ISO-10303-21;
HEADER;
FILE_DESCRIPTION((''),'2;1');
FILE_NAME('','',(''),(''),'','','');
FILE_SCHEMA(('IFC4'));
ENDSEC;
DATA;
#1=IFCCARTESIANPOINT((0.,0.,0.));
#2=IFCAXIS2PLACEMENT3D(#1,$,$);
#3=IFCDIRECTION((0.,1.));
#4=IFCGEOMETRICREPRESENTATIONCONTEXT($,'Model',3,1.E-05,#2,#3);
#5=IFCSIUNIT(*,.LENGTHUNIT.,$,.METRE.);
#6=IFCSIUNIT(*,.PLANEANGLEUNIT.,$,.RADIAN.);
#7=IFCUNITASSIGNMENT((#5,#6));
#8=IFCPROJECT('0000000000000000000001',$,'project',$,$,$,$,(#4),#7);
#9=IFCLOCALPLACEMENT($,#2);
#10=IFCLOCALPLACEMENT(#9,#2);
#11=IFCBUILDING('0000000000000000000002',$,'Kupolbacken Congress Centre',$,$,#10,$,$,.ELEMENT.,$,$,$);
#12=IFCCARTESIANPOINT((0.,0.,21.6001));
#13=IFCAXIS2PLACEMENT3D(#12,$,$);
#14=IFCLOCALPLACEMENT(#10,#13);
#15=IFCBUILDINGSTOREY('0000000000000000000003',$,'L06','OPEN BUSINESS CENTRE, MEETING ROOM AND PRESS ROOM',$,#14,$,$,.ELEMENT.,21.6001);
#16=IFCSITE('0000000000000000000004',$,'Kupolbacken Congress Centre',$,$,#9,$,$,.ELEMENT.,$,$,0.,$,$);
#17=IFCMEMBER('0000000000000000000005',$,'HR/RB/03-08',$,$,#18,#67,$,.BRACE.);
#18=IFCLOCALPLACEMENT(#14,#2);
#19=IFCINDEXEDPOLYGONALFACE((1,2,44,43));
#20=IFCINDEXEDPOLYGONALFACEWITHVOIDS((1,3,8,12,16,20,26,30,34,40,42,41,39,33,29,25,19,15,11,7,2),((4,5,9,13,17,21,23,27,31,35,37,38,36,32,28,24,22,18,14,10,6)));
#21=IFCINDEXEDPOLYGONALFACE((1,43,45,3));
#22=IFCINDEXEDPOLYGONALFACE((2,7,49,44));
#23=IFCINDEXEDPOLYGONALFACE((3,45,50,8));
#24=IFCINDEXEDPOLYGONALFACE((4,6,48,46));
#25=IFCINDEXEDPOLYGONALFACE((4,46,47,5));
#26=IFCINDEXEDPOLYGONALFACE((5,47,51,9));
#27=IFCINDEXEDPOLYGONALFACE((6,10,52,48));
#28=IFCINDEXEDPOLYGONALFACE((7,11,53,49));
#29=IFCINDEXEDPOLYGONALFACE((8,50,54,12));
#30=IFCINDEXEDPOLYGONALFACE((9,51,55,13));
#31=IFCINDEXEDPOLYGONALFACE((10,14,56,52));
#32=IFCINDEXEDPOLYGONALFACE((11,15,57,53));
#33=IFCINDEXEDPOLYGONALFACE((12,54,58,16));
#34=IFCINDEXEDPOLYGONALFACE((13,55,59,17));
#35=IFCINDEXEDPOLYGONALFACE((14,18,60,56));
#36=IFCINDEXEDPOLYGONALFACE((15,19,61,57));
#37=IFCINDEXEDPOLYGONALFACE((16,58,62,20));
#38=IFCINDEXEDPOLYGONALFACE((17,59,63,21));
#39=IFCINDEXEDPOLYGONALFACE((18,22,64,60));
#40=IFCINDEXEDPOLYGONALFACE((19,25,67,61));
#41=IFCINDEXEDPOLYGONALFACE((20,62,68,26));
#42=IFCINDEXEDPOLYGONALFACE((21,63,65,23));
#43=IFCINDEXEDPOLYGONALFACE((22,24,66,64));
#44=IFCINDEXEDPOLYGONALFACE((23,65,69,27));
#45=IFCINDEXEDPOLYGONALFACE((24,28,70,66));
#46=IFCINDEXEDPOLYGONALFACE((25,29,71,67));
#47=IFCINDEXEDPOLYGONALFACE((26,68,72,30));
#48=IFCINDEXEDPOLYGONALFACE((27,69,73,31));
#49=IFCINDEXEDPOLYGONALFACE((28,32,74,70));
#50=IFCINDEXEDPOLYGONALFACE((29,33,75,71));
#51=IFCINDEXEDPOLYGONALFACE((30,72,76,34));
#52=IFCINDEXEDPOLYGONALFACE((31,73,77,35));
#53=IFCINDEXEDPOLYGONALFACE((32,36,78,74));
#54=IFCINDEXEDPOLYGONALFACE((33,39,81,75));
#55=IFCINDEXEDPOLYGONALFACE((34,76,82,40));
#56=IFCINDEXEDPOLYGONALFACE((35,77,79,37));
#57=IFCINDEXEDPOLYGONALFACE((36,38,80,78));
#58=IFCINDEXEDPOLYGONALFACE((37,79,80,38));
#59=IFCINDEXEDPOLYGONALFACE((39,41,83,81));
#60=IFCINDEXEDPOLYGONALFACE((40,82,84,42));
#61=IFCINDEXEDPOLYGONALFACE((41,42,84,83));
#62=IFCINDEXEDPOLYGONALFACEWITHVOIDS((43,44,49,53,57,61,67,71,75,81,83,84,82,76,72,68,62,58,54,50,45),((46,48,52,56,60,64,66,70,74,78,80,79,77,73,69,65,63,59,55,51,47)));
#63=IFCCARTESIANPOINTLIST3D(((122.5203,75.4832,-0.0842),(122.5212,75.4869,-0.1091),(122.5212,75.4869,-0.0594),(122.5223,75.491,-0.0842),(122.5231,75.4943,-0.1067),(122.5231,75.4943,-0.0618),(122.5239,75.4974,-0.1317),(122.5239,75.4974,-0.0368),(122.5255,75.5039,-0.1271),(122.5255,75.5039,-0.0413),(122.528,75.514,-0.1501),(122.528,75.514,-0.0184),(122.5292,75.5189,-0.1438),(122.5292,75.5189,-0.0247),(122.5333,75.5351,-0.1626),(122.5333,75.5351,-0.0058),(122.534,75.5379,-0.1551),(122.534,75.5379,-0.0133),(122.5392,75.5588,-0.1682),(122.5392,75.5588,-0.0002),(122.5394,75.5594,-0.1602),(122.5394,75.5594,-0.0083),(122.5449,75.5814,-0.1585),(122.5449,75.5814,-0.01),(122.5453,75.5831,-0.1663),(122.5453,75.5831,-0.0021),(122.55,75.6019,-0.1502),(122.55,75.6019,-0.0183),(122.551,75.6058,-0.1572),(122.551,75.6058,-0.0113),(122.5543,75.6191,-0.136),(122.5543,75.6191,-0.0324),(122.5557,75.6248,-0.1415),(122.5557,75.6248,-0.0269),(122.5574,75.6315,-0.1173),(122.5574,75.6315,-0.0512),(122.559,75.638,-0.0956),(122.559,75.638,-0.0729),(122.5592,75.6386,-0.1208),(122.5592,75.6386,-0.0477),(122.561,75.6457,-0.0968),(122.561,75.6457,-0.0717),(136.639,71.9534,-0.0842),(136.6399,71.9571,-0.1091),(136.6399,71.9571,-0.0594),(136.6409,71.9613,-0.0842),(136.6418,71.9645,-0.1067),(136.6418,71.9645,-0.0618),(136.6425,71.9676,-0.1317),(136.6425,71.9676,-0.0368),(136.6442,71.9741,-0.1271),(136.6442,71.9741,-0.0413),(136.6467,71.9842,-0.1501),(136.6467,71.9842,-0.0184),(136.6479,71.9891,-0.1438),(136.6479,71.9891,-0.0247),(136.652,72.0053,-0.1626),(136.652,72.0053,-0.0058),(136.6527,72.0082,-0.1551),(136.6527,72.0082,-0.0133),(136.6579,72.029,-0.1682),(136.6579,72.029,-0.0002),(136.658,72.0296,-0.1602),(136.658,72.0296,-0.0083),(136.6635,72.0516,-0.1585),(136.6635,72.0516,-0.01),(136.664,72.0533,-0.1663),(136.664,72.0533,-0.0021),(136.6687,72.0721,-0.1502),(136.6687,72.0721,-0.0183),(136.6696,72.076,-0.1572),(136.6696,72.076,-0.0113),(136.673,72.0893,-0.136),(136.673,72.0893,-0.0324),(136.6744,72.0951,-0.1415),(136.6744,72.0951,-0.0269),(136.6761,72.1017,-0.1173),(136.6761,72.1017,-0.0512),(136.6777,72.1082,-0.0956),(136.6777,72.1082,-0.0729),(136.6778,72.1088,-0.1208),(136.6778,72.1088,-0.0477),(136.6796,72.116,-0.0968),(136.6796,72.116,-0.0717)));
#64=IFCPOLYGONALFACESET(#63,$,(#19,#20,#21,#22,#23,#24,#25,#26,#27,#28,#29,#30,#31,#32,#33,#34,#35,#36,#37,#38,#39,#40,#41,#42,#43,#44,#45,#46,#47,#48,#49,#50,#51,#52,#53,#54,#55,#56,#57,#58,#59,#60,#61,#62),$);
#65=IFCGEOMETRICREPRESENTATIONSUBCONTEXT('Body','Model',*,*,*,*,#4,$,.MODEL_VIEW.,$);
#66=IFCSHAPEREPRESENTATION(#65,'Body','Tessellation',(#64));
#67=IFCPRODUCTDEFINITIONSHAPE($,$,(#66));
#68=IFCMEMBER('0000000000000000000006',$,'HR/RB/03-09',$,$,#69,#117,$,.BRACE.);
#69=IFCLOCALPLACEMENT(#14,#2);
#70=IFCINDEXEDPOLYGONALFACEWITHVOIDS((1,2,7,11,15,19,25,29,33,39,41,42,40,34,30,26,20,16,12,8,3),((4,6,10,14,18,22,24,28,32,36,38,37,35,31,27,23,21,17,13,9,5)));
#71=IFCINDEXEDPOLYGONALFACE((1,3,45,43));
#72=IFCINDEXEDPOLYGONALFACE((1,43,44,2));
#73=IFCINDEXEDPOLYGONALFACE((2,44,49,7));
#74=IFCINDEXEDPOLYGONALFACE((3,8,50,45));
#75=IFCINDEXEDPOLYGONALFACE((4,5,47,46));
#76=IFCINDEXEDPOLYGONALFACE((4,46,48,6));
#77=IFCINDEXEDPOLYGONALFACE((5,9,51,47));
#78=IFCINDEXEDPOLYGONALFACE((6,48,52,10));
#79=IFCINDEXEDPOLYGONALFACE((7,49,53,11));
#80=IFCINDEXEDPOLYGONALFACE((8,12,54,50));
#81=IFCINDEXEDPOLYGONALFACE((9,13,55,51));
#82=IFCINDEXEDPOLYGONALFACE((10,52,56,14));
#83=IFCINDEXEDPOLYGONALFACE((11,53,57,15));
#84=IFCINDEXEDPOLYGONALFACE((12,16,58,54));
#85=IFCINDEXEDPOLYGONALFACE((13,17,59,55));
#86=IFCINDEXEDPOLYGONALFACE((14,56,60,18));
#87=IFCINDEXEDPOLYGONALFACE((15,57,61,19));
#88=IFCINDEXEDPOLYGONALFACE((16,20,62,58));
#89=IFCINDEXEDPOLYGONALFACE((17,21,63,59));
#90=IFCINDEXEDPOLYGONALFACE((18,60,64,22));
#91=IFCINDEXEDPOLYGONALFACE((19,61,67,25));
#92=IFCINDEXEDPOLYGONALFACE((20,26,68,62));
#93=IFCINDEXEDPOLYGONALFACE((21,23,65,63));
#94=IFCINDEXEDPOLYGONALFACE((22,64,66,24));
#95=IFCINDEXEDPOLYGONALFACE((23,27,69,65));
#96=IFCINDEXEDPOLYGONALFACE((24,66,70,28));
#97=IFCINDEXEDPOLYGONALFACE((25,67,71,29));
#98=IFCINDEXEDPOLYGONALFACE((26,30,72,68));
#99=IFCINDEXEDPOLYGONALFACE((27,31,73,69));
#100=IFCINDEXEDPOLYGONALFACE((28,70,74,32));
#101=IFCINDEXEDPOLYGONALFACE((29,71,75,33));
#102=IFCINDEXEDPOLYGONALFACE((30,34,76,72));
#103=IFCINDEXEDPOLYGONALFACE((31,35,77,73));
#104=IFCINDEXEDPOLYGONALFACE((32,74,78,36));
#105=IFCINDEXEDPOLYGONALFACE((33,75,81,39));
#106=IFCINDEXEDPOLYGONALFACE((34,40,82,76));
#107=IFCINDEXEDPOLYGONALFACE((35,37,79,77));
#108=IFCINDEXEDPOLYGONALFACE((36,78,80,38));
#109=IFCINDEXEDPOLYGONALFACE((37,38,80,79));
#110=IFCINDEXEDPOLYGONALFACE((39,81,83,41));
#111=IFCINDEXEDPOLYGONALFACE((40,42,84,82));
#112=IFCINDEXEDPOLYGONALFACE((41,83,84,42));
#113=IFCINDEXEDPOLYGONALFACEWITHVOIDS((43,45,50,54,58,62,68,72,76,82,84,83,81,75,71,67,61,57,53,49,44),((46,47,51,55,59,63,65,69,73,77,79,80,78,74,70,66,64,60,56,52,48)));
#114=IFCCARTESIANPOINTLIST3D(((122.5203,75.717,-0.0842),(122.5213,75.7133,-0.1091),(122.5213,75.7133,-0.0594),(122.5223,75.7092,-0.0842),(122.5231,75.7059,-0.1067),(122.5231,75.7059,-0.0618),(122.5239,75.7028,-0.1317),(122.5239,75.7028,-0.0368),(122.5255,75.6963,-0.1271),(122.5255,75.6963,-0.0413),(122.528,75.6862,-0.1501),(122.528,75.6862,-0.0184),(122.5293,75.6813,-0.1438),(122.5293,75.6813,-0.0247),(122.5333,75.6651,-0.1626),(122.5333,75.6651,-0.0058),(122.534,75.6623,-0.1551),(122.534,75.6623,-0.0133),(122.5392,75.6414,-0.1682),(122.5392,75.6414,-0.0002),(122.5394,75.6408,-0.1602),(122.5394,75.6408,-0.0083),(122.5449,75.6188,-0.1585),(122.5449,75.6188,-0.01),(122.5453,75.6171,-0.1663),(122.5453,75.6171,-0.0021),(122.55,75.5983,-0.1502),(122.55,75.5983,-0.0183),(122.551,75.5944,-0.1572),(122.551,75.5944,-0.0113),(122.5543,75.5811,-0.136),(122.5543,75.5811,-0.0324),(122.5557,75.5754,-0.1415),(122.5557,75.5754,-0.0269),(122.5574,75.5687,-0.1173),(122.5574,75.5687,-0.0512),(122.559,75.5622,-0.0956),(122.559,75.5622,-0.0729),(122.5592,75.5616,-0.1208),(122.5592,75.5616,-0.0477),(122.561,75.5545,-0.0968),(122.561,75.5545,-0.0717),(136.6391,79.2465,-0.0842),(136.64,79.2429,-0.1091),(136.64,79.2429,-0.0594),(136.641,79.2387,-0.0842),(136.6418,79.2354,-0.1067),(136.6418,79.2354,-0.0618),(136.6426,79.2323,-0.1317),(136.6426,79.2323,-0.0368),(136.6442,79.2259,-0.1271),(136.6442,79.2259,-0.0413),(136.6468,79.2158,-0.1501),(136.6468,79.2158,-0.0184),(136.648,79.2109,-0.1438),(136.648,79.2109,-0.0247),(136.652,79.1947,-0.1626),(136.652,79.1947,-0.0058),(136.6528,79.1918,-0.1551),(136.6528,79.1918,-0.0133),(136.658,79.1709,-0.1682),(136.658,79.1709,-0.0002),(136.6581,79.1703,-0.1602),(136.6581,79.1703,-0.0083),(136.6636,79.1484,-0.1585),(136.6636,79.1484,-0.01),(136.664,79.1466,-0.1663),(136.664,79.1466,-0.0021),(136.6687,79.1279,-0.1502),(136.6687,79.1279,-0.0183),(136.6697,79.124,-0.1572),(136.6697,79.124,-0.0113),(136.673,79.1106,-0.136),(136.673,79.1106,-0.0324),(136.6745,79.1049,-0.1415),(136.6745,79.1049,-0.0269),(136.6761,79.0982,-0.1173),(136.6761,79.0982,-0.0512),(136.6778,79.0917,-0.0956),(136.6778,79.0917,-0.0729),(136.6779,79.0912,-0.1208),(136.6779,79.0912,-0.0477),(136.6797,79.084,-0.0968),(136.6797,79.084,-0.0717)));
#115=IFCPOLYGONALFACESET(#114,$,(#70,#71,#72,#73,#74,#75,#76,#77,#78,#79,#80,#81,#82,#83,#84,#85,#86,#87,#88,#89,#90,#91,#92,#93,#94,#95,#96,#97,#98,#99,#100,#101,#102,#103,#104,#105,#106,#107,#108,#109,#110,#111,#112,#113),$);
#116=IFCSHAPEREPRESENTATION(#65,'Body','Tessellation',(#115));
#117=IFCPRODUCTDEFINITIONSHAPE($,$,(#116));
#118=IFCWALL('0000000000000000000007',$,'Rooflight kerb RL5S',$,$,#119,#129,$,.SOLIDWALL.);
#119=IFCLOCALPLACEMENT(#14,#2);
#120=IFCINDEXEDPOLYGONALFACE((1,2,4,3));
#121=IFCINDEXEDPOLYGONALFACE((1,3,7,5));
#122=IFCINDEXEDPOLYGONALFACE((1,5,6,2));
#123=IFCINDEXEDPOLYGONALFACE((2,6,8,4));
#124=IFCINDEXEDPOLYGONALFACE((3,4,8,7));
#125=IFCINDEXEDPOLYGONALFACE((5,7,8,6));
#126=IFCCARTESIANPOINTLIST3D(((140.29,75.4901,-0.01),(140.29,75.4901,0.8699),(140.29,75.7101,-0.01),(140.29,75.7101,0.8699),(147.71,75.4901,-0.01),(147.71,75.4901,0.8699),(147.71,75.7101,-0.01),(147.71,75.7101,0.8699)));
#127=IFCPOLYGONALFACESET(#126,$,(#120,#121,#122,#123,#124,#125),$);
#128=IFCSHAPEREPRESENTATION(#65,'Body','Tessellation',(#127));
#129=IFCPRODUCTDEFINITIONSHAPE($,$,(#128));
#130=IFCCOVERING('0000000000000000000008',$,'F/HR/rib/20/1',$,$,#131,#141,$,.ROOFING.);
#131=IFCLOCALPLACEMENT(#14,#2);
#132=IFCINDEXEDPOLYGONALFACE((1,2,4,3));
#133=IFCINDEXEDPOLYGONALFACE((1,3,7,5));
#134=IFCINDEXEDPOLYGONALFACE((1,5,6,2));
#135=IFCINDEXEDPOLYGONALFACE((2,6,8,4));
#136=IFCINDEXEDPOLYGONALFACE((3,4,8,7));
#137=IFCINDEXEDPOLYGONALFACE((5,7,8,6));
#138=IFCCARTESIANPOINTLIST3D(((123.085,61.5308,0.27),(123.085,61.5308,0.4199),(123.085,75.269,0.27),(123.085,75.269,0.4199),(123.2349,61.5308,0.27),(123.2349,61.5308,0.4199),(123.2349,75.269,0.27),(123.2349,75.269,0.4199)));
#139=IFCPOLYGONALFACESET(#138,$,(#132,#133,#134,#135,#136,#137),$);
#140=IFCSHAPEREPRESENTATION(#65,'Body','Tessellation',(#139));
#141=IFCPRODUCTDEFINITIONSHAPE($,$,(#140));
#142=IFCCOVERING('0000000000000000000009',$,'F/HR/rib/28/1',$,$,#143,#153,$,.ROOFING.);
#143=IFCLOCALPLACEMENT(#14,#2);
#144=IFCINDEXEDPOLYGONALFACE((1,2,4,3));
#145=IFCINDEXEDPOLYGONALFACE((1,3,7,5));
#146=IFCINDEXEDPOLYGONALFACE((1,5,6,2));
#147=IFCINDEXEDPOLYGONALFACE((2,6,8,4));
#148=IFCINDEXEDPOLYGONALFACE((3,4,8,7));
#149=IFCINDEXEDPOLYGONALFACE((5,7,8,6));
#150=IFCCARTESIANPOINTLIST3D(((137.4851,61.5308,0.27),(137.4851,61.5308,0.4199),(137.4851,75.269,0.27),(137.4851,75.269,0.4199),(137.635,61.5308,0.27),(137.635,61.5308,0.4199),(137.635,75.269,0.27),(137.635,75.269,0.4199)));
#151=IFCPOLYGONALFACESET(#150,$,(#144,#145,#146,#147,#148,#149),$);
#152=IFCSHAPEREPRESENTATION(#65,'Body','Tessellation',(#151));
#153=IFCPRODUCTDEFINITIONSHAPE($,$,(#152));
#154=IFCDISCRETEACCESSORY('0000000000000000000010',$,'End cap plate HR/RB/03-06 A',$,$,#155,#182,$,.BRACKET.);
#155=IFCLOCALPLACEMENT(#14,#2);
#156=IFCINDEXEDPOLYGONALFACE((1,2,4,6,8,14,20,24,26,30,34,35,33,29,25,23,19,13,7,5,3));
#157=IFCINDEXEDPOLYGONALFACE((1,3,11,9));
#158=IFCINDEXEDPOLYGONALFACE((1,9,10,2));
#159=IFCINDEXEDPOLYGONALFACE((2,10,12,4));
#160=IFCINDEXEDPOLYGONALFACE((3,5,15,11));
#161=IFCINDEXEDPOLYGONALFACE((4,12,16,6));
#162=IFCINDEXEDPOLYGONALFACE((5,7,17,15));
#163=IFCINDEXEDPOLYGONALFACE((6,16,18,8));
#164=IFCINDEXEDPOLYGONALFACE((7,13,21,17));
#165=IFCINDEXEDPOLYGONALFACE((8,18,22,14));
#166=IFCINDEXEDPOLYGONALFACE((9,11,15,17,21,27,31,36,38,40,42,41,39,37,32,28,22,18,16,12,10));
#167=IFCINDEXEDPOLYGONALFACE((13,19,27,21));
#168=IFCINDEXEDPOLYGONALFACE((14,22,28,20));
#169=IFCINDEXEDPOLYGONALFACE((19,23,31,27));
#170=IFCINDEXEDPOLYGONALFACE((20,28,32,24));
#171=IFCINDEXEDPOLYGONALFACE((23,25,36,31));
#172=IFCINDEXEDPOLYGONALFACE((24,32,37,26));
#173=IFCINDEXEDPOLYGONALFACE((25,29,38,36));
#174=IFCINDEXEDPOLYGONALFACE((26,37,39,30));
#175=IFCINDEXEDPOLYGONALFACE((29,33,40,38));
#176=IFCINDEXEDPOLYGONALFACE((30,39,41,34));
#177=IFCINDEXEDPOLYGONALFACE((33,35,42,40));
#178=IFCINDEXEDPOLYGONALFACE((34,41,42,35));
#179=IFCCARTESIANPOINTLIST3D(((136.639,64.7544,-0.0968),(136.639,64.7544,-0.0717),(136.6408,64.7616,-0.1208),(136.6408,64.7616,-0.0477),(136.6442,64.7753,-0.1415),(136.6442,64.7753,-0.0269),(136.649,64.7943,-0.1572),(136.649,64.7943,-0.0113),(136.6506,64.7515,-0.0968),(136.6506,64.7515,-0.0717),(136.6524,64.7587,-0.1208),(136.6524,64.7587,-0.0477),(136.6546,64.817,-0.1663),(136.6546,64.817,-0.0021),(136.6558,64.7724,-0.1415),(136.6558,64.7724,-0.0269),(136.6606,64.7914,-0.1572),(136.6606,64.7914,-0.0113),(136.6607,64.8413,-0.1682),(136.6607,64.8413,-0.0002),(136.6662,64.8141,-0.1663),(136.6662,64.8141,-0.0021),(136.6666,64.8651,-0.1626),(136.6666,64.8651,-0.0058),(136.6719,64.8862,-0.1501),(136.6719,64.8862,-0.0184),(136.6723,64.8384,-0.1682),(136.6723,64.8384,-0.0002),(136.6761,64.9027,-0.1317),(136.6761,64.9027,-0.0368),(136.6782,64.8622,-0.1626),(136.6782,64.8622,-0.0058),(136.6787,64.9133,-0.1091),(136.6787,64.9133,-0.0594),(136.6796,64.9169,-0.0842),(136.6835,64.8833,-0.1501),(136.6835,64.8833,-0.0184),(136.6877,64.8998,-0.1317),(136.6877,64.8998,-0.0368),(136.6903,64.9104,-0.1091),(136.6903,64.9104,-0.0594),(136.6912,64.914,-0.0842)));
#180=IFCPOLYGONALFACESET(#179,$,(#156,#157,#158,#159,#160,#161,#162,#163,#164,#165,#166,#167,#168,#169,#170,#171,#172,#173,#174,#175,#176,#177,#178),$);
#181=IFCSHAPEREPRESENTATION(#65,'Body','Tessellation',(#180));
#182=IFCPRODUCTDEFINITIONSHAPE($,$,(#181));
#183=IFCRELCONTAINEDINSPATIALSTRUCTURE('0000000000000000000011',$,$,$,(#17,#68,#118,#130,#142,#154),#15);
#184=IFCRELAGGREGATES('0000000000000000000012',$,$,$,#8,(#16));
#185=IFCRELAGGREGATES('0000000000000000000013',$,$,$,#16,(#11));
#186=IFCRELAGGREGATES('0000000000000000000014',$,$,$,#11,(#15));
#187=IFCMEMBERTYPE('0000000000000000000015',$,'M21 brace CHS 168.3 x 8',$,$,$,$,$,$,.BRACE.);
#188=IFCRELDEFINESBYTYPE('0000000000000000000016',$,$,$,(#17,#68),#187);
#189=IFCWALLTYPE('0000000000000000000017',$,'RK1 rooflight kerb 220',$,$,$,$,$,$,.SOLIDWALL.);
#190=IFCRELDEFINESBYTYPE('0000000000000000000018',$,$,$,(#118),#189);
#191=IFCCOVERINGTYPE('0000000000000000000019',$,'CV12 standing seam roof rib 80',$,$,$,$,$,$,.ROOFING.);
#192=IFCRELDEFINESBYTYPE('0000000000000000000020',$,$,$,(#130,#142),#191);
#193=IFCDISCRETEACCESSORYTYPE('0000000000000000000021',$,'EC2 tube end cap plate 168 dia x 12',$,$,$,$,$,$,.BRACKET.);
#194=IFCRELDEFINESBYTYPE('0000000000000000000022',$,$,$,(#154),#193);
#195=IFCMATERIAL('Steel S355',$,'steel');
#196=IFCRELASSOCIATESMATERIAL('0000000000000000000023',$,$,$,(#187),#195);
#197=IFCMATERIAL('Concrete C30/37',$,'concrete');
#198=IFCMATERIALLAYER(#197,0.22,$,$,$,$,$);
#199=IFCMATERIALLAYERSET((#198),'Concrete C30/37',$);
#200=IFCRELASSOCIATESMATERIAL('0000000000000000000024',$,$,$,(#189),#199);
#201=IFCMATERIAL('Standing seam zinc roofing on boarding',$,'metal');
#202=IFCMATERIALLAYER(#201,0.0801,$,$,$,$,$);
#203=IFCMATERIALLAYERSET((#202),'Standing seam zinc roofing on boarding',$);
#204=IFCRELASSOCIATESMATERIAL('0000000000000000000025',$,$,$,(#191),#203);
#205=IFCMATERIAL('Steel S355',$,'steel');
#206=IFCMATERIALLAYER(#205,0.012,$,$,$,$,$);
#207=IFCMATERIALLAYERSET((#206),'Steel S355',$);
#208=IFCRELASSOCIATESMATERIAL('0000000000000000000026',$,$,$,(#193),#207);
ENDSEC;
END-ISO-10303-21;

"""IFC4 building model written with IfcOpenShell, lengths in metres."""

from ifc_helpers import new_model, si_unit, direction, frame, frame_2d, origin, origin_2d, place, context, subcontext, project, spatial, rectangle, circle, hollow_circle, extrude, material, layer, layer_set, material_profile, profile_set, type_object, element, save


model = new_model("IFC4")

# Units and contexts
model_context = context("Model", 3, precision=1e-05, world=origin(), true_north=direction((0.0, 1.0)))
body_context = subcontext(model_context, "Body", "Model", "MODEL_VIEW")
ifc_project = project(units=[si_unit("LENGTHUNIT", "METRE"), si_unit("PLANEANGLEUNIT", "RADIAN")], contexts=[model_context])

# Site, building, storey
site_placement = place(None, origin())
site = spatial("IfcSite", under=ifc_project, at=site_placement, Name="Kupolbacken Congress Centre", CompositionType="ELEMENT", RefElevation=0.0)
building_placement = place(site_placement, origin())
building = spatial("IfcBuilding", under=site, at=building_placement, Name="Kupolbacken Congress Centre", CompositionType="ELEMENT")
storey_placement = place(building_placement, frame((0.0, 0.0, 21.6001)))
storey = spatial("IfcBuildingStorey", under=building, at=storey_placement, Name="L06", Description="OPEN BUSINESS CENTRE, MEETING ROOM AND PRESS ROOM", CompositionType="ELEMENT", Elevation=21.6001)

# Members
ifc_material_1 = material(Name="Steel S355", Category="steel")
ifc_material_profile_1 = material_profile(ifc_material_1, hollow_circle(Radius=0.0842, WallThickness=0.0081, at=origin_2d()), Name="CHS 168.3 x 8")
ifc_profile_set_1 = profile_set([ifc_material_profile_1], Name="Steel S355")
member_type_1 = type_object("IfcMemberType", Name="M21 brace CHS 168.3 x 8", PredefinedType="BRACE", material=ifc_profile_set_1)
for number, where, z_axis, x_axis, name in (
    (1, (136.6594, 72.0352, -0.0842), (-0.970141, 0.242544, 0.0), (-0.242544, -0.970141, 0.0), "HR/RB/03-08"),
    (2, (122.5408, 75.6353, -0.0842), (0.970144, 0.242528, 0.0), (-0.242528, 0.970144, 0.0), "HR/RB/03-09"),
):
    element("IfcMember", number, at=place(storey_placement, frame(where, z_axis=z_axis, x_axis=x_axis)), inside=storey, type_object=member_type_1, Name=name, PredefinedType="BRACE", context=body_context, shape_type="SweptSolid", body=[
        extrude(hollow_circle(Radius=0.0842, WallThickness=0.0081, at=origin_2d()), origin(), (0.0, 0.0, 1.0), 14.5532),
    ])

# Wall
ifc_material_2 = material(Name="Concrete C30/37", Category="concrete")
ifc_layer_1 = layer(ifc_material_2, 0.22)
ifc_layer_set_1 = layer_set([ifc_layer_1], Name="Concrete C30/37")
wall_type = type_object("IfcWallType", Name="RK1 rooflight kerb 220", PredefinedType="SOLIDWALL", material=ifc_layer_set_1)
wall_placement = place(storey_placement, frame((140.29, 75.6001, -0.01), z_axis=(0.0, 0.0, 1.0), x_axis=(1.0, 0.0, 0.0)))
element("IfcWall", 3, at=wall_placement, inside=storey, type_object=wall_type, Name="Rooflight kerb RL5S", PredefinedType="SOLIDWALL", context=body_context, shape_type="SweptSolid", body=[
    extrude(rectangle(XDim=7.4199, YDim=0.22, at=frame_2d((3.71, 0.0))), origin(), (0.0, 0.0, 1.0), 0.8799),
])

# Coverings
ifc_material_3 = material(Name="Standing seam zinc roofing on boarding", Category="metal")
ifc_layer_2 = layer(ifc_material_3, 0.0801)
ifc_layer_set_2 = layer_set([ifc_layer_2], Name="Standing seam zinc roofing on boarding")
covering_type = type_object("IfcCoveringType", Name="CV12 standing seam roof rib 80", PredefinedType="ROOFING", material=ifc_layer_set_2)
for number, where, z_axis, x_axis, name in (
    (4, (123.1599, 68.3999, 0.27), (0.0, 0.0, 1.0), (0.0, 1.0, 0.0), "F/HR/rib/20/1"),
    (5, (137.5601, 68.3999, 0.27), (0.0, 0.0, 1.0), (0.0, 1.0, 0.0), "F/HR/rib/28/1"),
):
    element("IfcCovering", number, at=place(storey_placement, frame(where, z_axis=z_axis, x_axis=x_axis)), inside=storey, type_object=covering_type, Name=name, PredefinedType="ROOFING", context=body_context, shape_type="SweptSolid", body=[
        extrude(rectangle(XDim=13.7383, YDim=0.1499, at=origin_2d()), origin(), (0.0, 0.0, 1.0), 0.1499),
    ])

# Discrete accessory
ifc_material_4 = material(Name="Steel S355", Category="steel")
ifc_layer_3 = layer(ifc_material_4, 0.012)
ifc_layer_set_3 = layer_set([ifc_layer_3], Name="Steel S355")
discrete_accessory_type = type_object("IfcDiscreteAccessoryType", Name="EC2 tube end cap plate 168 dia x 12", PredefinedType="BRACKET", material=ifc_layer_set_3)
for number, where, z_axis, x_axis, name in (
    (6, (136.6592, 64.8352, -0.0842), (0.970143, -0.242536, 0.0), (0.242536, 0.970143, 0.0), "End cap plate HR/RB/03-06 A"),
):
    element("IfcDiscreteAccessory", number, at=place(storey_placement, frame(where, z_axis=z_axis, x_axis=x_axis)), inside=storey, type_object=discrete_accessory_type, Name=name, PredefinedType="BRACKET", context=body_context, shape_type="SweptSolid", body=[
        extrude(circle(Radius=0.0842, at=origin_2d()), origin(), (0.0, 0.0, 1.0), 0.012),
    ])

save(model, "model.ifc")
